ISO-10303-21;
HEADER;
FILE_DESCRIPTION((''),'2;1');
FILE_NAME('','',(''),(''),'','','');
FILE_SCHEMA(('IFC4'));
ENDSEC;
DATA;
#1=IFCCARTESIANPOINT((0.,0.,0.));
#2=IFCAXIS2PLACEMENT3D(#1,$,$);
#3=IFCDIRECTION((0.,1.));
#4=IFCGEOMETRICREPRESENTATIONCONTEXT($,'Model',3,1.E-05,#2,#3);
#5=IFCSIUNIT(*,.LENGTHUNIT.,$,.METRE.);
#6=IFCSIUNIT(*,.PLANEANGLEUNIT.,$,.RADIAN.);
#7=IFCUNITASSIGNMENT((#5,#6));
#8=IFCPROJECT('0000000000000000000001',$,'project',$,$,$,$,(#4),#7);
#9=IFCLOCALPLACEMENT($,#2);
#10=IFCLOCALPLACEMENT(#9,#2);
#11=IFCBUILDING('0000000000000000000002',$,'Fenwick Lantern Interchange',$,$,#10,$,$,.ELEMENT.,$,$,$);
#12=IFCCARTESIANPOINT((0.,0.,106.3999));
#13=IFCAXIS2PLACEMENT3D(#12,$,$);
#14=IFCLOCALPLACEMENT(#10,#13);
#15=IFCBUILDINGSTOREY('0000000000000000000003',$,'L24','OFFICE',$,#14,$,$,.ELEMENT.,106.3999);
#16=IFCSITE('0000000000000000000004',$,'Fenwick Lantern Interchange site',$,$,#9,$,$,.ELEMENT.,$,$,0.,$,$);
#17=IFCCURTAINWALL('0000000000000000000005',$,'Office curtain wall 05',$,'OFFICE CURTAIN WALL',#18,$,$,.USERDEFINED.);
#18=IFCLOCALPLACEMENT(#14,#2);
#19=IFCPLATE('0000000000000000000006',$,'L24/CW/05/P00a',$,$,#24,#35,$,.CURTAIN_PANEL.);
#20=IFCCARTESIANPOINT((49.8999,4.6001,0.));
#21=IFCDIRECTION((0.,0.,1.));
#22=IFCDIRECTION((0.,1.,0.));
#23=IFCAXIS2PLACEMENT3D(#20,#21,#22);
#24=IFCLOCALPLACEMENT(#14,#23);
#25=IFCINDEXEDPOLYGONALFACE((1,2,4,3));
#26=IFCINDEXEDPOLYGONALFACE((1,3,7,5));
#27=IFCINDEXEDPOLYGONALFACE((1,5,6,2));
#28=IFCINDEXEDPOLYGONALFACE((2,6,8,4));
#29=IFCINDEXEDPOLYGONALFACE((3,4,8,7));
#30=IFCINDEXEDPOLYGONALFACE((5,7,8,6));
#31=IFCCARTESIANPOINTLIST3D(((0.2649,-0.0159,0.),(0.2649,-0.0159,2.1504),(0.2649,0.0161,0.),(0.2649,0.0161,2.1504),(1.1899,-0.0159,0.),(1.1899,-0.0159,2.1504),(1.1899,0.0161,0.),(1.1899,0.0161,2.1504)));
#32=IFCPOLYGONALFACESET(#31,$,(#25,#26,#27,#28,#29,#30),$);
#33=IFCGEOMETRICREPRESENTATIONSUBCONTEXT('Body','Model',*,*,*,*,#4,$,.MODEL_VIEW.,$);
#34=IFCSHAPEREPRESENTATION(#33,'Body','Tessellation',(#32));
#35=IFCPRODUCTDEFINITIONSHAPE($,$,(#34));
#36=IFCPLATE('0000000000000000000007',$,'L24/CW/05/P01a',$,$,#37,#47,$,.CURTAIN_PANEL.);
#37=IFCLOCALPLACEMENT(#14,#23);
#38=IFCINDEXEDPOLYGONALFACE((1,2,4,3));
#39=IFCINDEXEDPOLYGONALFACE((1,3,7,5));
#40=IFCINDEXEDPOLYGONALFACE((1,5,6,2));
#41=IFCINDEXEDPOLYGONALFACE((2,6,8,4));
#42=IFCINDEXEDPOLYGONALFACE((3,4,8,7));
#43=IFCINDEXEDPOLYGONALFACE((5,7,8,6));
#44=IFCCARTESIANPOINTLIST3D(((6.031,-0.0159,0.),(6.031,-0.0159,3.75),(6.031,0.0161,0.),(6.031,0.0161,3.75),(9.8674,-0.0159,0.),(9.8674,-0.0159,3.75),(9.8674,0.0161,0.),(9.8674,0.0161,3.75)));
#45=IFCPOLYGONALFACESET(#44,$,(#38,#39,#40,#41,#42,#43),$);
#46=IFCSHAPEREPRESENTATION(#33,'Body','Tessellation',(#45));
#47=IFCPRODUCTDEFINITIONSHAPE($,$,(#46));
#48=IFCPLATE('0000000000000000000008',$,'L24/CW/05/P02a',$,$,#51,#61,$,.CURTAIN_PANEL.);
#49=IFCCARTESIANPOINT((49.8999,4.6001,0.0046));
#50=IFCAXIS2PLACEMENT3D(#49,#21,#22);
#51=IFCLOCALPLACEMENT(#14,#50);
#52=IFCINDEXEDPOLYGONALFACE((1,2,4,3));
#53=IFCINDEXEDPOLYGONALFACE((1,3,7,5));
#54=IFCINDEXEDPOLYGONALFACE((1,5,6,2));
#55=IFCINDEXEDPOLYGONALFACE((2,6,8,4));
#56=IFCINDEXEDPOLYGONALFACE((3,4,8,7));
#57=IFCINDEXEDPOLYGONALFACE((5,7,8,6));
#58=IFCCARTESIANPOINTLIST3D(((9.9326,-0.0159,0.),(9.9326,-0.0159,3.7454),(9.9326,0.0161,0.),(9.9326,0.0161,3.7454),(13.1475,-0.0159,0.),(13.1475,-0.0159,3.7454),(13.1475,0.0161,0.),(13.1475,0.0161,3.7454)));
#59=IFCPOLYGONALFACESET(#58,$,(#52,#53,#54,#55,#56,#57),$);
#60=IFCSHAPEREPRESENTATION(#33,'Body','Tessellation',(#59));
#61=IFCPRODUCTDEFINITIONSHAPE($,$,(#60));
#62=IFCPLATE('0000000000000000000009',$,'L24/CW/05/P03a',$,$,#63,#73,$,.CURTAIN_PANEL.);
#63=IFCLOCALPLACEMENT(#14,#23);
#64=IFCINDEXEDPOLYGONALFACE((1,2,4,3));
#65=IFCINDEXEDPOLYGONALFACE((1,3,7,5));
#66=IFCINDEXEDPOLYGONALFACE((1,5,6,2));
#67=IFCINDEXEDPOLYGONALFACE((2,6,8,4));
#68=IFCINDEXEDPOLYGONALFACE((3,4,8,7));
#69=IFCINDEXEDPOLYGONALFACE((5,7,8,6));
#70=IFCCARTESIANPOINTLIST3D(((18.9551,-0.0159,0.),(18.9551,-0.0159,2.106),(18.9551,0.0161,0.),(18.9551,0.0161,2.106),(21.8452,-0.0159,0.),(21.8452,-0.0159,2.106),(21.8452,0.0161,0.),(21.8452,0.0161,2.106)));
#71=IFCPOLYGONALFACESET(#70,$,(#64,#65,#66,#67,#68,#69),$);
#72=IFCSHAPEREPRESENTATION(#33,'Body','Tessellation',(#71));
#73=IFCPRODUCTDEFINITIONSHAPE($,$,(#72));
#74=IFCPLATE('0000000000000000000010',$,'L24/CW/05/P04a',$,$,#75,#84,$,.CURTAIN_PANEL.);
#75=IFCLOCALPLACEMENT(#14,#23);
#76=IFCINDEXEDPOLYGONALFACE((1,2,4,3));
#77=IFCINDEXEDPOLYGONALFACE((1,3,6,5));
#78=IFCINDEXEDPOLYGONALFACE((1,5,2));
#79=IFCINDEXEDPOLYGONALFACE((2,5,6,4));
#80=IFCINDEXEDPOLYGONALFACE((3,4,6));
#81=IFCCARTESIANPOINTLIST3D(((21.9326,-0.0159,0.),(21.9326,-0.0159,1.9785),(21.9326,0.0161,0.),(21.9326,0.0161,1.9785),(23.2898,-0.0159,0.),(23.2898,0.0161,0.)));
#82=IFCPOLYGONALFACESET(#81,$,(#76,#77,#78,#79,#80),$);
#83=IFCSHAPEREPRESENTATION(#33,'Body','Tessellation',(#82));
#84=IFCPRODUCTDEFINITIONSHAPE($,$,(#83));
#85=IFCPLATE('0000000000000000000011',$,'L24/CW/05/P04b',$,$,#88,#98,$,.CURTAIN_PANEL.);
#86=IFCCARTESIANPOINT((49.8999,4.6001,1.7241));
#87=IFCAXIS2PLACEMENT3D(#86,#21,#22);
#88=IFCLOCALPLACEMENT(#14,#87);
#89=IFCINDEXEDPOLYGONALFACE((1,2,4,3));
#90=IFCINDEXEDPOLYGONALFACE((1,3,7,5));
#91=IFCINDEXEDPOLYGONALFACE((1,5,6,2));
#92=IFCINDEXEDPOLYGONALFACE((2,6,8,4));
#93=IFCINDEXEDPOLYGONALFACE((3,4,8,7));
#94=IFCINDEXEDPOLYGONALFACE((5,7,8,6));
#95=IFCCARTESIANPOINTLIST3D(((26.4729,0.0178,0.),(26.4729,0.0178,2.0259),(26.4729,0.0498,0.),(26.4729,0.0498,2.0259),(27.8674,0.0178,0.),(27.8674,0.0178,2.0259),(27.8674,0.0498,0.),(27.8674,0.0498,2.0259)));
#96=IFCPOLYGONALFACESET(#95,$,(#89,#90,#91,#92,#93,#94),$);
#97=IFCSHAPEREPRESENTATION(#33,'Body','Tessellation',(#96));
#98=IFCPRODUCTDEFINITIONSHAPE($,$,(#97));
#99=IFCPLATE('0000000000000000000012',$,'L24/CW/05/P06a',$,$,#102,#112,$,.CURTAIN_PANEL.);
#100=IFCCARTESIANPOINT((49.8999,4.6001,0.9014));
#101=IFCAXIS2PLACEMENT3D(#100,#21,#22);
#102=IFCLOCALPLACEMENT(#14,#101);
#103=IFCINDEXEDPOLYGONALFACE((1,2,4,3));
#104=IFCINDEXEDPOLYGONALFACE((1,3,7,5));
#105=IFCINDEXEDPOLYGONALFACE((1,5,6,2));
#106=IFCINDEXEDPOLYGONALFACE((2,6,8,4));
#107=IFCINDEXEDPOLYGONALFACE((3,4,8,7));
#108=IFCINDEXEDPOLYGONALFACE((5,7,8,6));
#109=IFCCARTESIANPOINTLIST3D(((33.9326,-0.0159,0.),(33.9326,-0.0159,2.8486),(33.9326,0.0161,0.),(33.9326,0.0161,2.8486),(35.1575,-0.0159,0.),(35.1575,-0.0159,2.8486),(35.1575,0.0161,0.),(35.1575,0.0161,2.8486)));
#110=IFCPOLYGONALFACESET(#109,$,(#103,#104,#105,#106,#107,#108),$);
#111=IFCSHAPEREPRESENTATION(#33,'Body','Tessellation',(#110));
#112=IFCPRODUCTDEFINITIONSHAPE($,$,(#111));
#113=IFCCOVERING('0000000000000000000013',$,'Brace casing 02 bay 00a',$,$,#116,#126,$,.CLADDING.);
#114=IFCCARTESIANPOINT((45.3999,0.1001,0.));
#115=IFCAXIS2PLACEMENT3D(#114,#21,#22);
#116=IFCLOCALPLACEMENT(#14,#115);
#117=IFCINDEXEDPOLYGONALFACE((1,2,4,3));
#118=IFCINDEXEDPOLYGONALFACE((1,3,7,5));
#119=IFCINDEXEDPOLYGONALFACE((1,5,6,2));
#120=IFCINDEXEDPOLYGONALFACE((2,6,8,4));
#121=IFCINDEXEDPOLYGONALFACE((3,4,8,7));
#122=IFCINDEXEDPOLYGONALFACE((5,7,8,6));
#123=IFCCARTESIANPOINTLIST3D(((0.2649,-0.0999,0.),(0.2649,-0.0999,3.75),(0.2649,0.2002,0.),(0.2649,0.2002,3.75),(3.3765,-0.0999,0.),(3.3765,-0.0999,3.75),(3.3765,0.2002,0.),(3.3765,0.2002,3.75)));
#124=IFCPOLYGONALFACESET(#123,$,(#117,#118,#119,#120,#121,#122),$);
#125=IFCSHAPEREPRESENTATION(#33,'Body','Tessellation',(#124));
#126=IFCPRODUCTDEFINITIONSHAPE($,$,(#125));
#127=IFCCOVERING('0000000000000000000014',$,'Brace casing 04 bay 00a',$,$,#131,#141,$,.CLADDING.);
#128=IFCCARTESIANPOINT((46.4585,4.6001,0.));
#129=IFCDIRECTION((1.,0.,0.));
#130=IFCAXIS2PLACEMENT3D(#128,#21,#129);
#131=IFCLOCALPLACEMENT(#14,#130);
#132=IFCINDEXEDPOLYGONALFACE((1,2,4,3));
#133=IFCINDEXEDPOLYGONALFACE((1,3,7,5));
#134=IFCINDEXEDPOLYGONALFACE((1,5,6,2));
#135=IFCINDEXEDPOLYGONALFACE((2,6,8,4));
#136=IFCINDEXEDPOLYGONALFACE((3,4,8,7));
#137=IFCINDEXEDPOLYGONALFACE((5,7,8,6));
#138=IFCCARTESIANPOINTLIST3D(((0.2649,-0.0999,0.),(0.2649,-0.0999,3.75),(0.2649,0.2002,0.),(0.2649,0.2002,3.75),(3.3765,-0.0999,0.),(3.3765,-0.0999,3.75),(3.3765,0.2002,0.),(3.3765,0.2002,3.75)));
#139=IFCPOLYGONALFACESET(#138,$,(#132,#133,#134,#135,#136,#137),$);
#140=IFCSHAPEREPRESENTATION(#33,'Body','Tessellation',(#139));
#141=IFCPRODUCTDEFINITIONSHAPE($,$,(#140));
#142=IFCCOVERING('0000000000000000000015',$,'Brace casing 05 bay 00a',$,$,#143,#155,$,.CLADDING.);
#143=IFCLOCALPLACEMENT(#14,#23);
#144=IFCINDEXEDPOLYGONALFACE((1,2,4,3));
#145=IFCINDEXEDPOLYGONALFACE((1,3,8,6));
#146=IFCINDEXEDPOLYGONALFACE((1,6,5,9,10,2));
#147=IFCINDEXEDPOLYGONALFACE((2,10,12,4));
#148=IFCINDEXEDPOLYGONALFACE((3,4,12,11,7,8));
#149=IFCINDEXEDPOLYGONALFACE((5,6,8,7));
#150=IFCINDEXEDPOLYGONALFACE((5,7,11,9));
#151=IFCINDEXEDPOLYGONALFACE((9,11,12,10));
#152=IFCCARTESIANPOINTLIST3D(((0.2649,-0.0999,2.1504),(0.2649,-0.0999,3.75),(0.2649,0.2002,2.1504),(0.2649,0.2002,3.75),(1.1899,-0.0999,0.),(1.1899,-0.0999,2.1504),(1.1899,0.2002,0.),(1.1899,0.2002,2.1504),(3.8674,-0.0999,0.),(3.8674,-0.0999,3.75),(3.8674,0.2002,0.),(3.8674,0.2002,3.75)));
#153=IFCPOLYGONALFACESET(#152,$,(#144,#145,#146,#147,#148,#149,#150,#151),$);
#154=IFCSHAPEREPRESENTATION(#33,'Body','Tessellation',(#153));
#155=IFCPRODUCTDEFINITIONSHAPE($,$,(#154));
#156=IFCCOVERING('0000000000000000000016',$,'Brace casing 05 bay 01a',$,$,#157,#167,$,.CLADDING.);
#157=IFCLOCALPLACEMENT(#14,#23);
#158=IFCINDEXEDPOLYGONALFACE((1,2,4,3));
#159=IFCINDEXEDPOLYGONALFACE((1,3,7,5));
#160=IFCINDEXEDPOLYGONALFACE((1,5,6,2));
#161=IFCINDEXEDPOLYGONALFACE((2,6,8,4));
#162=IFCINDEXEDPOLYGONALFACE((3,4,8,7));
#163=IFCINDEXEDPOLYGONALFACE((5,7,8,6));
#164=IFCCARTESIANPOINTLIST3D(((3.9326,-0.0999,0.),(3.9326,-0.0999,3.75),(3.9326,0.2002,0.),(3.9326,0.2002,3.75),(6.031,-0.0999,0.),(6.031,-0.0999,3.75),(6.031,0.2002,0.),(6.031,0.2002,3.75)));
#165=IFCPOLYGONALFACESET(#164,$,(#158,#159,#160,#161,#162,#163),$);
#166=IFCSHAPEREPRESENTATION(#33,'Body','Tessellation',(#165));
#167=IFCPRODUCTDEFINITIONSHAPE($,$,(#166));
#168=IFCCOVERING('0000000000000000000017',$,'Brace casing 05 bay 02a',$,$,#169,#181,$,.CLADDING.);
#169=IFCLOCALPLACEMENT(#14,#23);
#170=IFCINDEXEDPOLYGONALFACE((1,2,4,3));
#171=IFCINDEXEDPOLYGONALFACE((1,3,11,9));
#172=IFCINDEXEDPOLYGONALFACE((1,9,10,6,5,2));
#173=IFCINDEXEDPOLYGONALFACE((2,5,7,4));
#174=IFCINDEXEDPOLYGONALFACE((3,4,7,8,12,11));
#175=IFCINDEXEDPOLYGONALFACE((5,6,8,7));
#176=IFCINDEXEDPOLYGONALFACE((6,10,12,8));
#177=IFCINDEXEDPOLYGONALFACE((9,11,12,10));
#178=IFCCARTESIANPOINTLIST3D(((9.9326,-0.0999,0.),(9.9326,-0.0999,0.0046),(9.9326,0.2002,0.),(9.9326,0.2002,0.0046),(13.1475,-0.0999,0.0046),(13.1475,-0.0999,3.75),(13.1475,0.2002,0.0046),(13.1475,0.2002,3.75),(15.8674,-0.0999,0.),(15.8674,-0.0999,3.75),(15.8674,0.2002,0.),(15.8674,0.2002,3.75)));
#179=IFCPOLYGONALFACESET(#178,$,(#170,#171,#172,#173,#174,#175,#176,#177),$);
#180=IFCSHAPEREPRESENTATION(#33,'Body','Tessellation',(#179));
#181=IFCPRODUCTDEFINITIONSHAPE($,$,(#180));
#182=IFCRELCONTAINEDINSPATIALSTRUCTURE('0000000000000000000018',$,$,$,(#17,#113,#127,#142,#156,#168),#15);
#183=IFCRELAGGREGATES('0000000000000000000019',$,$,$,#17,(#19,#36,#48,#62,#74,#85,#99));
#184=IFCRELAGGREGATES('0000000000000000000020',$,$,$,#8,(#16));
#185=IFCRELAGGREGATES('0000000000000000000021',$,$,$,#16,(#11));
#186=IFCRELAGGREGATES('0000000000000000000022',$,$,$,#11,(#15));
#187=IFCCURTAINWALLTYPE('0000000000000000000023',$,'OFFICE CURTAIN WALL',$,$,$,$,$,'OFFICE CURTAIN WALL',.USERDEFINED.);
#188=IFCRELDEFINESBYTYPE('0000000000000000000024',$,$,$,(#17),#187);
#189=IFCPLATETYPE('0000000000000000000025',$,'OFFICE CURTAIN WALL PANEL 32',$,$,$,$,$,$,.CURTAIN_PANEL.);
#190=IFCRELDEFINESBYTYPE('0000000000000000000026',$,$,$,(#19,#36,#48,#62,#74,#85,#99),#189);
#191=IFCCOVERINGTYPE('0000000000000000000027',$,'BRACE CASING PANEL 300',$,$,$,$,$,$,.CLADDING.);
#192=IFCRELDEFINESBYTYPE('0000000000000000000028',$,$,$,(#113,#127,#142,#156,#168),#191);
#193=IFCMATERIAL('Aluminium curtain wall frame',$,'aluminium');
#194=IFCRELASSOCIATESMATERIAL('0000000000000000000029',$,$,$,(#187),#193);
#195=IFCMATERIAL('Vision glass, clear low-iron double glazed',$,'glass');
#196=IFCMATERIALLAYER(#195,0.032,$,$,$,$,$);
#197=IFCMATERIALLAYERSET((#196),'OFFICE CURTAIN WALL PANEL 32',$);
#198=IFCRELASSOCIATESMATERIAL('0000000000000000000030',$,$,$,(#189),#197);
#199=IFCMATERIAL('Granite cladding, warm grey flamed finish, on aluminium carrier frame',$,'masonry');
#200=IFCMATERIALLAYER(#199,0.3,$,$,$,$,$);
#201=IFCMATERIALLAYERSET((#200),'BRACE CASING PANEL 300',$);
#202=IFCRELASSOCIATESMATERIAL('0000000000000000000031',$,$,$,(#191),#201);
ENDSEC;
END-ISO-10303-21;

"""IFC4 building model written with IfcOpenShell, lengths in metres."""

from ifc_helpers import new_model, si_unit, direction, frame, origin, place, context, subcontext, project, spatial, polyline, outline, extrude, material, layer, layer_set, type_object, element, aggregate, save


model = new_model("IFC4")

# Units and contexts
model_context = context("Model", 3, precision=1e-05, world=origin(), true_north=direction((0.0, 1.0)))
body_context = subcontext(model_context, "Body", "Model", "MODEL_VIEW")
ifc_project = project(units=[si_unit("LENGTHUNIT", "METRE"), si_unit("PLANEANGLEUNIT", "RADIAN")], contexts=[model_context])

# Site, building, storey
site_placement = place(None, origin())
site = spatial("IfcSite", under=ifc_project, at=site_placement, Name="Fenwick Lantern Interchange site", CompositionType="ELEMENT", RefElevation=0.0)
building_placement = place(site_placement, origin())
building = spatial("IfcBuilding", under=site, at=building_placement, Name="Fenwick Lantern Interchange", CompositionType="ELEMENT")
storey_placement = place(building_placement, frame((0.0, 0.0, 106.3999)))
storey = spatial("IfcBuildingStorey", under=building, at=storey_placement, Name="L24", Description="OFFICE", CompositionType="ELEMENT", Elevation=106.3999)

# Shared definitions
ifc_material_1 = material(Name="Aluminium curtain wall frame", Category="aluminium")
curtain_wall_type = type_object("IfcCurtainWallType", Name="OFFICE CURTAIN WALL", ElementType="OFFICE CURTAIN WALL", PredefinedType="USERDEFINED", material=ifc_material_1)

# Shared definitions
ifc_material_2 = material(Name="Vision glass, clear low-iron double glazed", Category="glass")
ifc_layer_1 = layer(ifc_material_2, 0.032)
ifc_layer_set_1 = layer_set([ifc_layer_1], Name="OFFICE CURTAIN WALL PANEL 32")
plate_type = type_object("IfcPlateType", Name="OFFICE CURTAIN WALL PANEL 32", PredefinedType="CURTAIN_PANEL", material=ifc_layer_set_1)

# Curtain wall, plates
curtain_wall_1_placement = place(storey_placement, origin())
curtain_wall_1 = element("IfcCurtainWall", 1, at=curtain_wall_1_placement, inside=storey, type_object=curtain_wall_type, Name="Office curtain wall 05", ObjectType="OFFICE CURTAIN WALL", PredefinedType="USERDEFINED")
plate_1_placement = place(storey_placement, frame((49.8999, 4.6001, 0.0), z_axis=(0.0, 0.0, 1.0), x_axis=(0.0, 1.0, 0.0)))
plate_1 = element("IfcPlate", 2, at=plate_1_placement, type_object=plate_type, Name="L24/CW/05/P00a", PredefinedType="CURTAIN_PANEL", context=body_context, shape_type="SweptSolid", body=[
    extrude(outline(polyline([(0.2649, 0.0), (1.1899, 0.0), (1.1899, 2.1504), (0.2649, 2.1504), (0.2649, 0.0)])), frame((0.0, 0.0161, 0.0), z_axis=(0.0, -1.0, 0.0), x_axis=(1.0, 0.0, 0.0)), (0.0, 0.0, 1.0), 0.032),
])
plate_2_placement = place(storey_placement, frame((49.8999, 4.6001, 0.0), z_axis=(0.0, 0.0, 1.0), x_axis=(0.0, 1.0, 0.0)))
plate_2 = element("IfcPlate", 3, at=plate_2_placement, type_object=plate_type, Name="L24/CW/05/P01a", PredefinedType="CURTAIN_PANEL", context=body_context, shape_type="SweptSolid", body=[
    extrude(outline(polyline([(6.031, 0.0), (9.8674, 0.0), (9.8674, 3.75), (6.031, 3.75), (6.031, 0.0)])), frame((0.0, 0.0161, 0.0), z_axis=(0.0, -1.0, 0.0), x_axis=(1.0, 0.0, 0.0)), (0.0, 0.0, 1.0), 0.032),
])
plate_3_placement = place(storey_placement, frame((49.8999, 4.6001, 0.0046), z_axis=(0.0, 0.0, 1.0), x_axis=(0.0, 1.0, 0.0)))
plate_3 = element("IfcPlate", 4, at=plate_3_placement, type_object=plate_type, Name="L24/CW/05/P02a", PredefinedType="CURTAIN_PANEL", context=body_context, shape_type="SweptSolid", body=[
    extrude(outline(polyline([(9.9326, 0.0), (13.1475, 0.0), (13.1475, 3.7454), (9.9326, 3.7454), (9.9326, 0.0)])), frame((0.0, 0.0161, 0.0), z_axis=(0.0, -1.0, 0.0), x_axis=(1.0, 0.0, 0.0)), (0.0, 0.0, 1.0), 0.032),
])
plate_4_placement = place(storey_placement, frame((49.8999, 4.6001, 0.0), z_axis=(0.0, 0.0, 1.0), x_axis=(0.0, 1.0, 0.0)))
plate_4 = element("IfcPlate", 5, at=plate_4_placement, type_object=plate_type, Name="L24/CW/05/P03a", PredefinedType="CURTAIN_PANEL", context=body_context, shape_type="SweptSolid", body=[
    extrude(outline(polyline([(18.9551, 0.0), (21.8452, 0.0), (21.8452, 2.106), (18.9551, 2.106), (18.9551, 0.0)])), frame((0.0, 0.0161, 0.0), z_axis=(0.0, -1.0, 0.0), x_axis=(1.0, 0.0, 0.0)), (0.0, 0.0, 1.0), 0.032),
])
plate_5_placement = place(storey_placement, frame((49.8999, 4.6001, 0.0), z_axis=(0.0, 0.0, 1.0), x_axis=(0.0, 1.0, 0.0)))
plate_5 = element("IfcPlate", 6, at=plate_5_placement, type_object=plate_type, Name="L24/CW/05/P04a", PredefinedType="CURTAIN_PANEL", context=body_context, shape_type="SweptSolid", body=[
    extrude(outline(polyline([(21.9326, 0.0), (23.2898, 0.0), (21.9326, 1.9785), (21.9326, 0.0)])), frame((0.0, 0.0161, 0.0), z_axis=(0.0, -1.0, 0.0), x_axis=(1.0, 0.0, 0.0)), (0.0, 0.0, 1.0), 0.032),
])
plate_6_placement = place(storey_placement, frame((49.8999, 4.6001, 1.7241), z_axis=(0.0, 0.0, 1.0), x_axis=(0.0, 1.0, 0.0)))
plate_6 = element("IfcPlate", 7, at=plate_6_placement, type_object=plate_type, Name="L24/CW/05/P04b", PredefinedType="CURTAIN_PANEL", context=body_context, shape_type="SweptSolid", body=[
    extrude(outline(polyline([(26.4729, 0.0), (27.8674, 0.0), (27.8674, 2.0259), (26.4729, 2.0259), (26.4729, 0.0)])), frame((0.0, 0.0498, 0.0), z_axis=(0.0, -1.0, 0.0), x_axis=(1.0, 0.0, 0.0)), (0.0, 0.0, 1.0), 0.032),
])
plate_7_placement = place(storey_placement, frame((49.8999, 4.6001, 0.9014), z_axis=(0.0, 0.0, 1.0), x_axis=(0.0, 1.0, 0.0)))
plate_7 = element("IfcPlate", 8, at=plate_7_placement, type_object=plate_type, Name="L24/CW/05/P06a", PredefinedType="CURTAIN_PANEL", context=body_context, shape_type="SweptSolid", body=[
    extrude(outline(polyline([(33.9326, 0.0), (35.1575, 0.0), (35.1575, 2.8486), (33.9326, 2.8486), (33.9326, 0.0)])), frame((0.0, 0.0161, 0.0), z_axis=(0.0, -1.0, 0.0), x_axis=(1.0, 0.0, 0.0)), (0.0, 0.0, 1.0), 0.032),
])
aggregate(curtain_wall_1, [plate_1, plate_2, plate_3, plate_4, plate_5, plate_6, plate_7])

# Coverings
ifc_material_3 = material(Name="Granite cladding, warm grey flamed finish, on aluminium carrier frame", Category="masonry")
ifc_layer_2 = layer(ifc_material_3, 0.3)
ifc_layer_set_2 = layer_set([ifc_layer_2], Name="BRACE CASING PANEL 300")
covering_type = type_object("IfcCoveringType", Name="BRACE CASING PANEL 300", PredefinedType="CLADDING", material=ifc_layer_set_2)
for number, where, z_axis, x_axis, name in (
    (9, (45.3999, 0.1001, 0.0), (0.0, 0.0, 1.0), (0.0, 1.0, 0.0), "Brace casing 02 bay 00a"),
    (10, (46.4585, 4.6001, 0.0), (0.0, 0.0, 1.0), (1.0, 0.0, 0.0), "Brace casing 04 bay 00a"),
):
    element("IfcCovering", number, at=place(storey_placement, frame(where, z_axis=z_axis, x_axis=x_axis)), inside=storey, type_object=covering_type, Name=name, PredefinedType="CLADDING", context=body_context, shape_type="SweptSolid", body=[
        extrude(outline(polyline([(0.2649, 0.0), (3.3765, 0.0), (3.3765, 3.75), (0.2649, 3.75), (0.2649, 0.0)])), frame((0.0, 0.2002, 0.0), z_axis=(0.0, -1.0, 0.0), x_axis=(1.0, 0.0, 0.0)), (0.0, 0.0, 1.0), 0.3),
    ])
covering_1_placement = place(storey_placement, frame((49.8999, 4.6001, 0.0), z_axis=(0.0, 0.0, 1.0), x_axis=(0.0, 1.0, 0.0)))
element("IfcCovering", 11, at=covering_1_placement, inside=storey, type_object=covering_type, Name="Brace casing 05 bay 00a", PredefinedType="CLADDING", context=body_context, shape_type="SweptSolid", body=[
    extrude(outline(polyline([(1.1899, 0.0), (3.8674, 0.0), (3.8674, 3.75), (0.2649, 3.75), (0.2649, 2.1504), (1.1899, 2.1504), (1.1899, 0.0)])), frame((0.0, 0.2002, 0.0), z_axis=(0.0, -1.0, 0.0), x_axis=(1.0, 0.0, 0.0)), (0.0, 0.0, 1.0), 0.3),
])
covering_2_placement = place(storey_placement, frame((49.8999, 4.6001, 0.0), z_axis=(0.0, 0.0, 1.0), x_axis=(0.0, 1.0, 0.0)))
element("IfcCovering", 12, at=covering_2_placement, inside=storey, type_object=covering_type, Name="Brace casing 05 bay 01a", PredefinedType="CLADDING", context=body_context, shape_type="SweptSolid", body=[
    extrude(outline(polyline([(3.9326, 0.0), (6.031, 0.0), (6.031, 3.75), (3.9326, 3.75), (3.9326, 0.0)])), frame((0.0, 0.2002, 0.0), z_axis=(0.0, -1.0, 0.0), x_axis=(1.0, 0.0, 0.0)), (0.0, 0.0, 1.0), 0.3),
])
covering_3_placement = place(storey_placement, frame((49.8999, 4.6001, 0.0), z_axis=(0.0, 0.0, 1.0), x_axis=(0.0, 1.0, 0.0)))
element("IfcCovering", 13, at=covering_3_placement, inside=storey, type_object=covering_type, Name="Brace casing 05 bay 02a", PredefinedType="CLADDING", context=body_context, shape_type="SweptSolid", body=[
    extrude(outline(polyline([(9.9326, 0.0), (15.8674, 0.0), (15.8674, 3.75), (13.1475, 3.75), (13.1475, 0.0046), (9.9326, 0.0046), (9.9326, 0.0)])), frame((0.0, 0.2002, 0.0), z_axis=(0.0, -1.0, 0.0), x_axis=(1.0, 0.0, 0.0)), (0.0, 0.0, 1.0), 0.3),
])

save(model, "model.ifc")
